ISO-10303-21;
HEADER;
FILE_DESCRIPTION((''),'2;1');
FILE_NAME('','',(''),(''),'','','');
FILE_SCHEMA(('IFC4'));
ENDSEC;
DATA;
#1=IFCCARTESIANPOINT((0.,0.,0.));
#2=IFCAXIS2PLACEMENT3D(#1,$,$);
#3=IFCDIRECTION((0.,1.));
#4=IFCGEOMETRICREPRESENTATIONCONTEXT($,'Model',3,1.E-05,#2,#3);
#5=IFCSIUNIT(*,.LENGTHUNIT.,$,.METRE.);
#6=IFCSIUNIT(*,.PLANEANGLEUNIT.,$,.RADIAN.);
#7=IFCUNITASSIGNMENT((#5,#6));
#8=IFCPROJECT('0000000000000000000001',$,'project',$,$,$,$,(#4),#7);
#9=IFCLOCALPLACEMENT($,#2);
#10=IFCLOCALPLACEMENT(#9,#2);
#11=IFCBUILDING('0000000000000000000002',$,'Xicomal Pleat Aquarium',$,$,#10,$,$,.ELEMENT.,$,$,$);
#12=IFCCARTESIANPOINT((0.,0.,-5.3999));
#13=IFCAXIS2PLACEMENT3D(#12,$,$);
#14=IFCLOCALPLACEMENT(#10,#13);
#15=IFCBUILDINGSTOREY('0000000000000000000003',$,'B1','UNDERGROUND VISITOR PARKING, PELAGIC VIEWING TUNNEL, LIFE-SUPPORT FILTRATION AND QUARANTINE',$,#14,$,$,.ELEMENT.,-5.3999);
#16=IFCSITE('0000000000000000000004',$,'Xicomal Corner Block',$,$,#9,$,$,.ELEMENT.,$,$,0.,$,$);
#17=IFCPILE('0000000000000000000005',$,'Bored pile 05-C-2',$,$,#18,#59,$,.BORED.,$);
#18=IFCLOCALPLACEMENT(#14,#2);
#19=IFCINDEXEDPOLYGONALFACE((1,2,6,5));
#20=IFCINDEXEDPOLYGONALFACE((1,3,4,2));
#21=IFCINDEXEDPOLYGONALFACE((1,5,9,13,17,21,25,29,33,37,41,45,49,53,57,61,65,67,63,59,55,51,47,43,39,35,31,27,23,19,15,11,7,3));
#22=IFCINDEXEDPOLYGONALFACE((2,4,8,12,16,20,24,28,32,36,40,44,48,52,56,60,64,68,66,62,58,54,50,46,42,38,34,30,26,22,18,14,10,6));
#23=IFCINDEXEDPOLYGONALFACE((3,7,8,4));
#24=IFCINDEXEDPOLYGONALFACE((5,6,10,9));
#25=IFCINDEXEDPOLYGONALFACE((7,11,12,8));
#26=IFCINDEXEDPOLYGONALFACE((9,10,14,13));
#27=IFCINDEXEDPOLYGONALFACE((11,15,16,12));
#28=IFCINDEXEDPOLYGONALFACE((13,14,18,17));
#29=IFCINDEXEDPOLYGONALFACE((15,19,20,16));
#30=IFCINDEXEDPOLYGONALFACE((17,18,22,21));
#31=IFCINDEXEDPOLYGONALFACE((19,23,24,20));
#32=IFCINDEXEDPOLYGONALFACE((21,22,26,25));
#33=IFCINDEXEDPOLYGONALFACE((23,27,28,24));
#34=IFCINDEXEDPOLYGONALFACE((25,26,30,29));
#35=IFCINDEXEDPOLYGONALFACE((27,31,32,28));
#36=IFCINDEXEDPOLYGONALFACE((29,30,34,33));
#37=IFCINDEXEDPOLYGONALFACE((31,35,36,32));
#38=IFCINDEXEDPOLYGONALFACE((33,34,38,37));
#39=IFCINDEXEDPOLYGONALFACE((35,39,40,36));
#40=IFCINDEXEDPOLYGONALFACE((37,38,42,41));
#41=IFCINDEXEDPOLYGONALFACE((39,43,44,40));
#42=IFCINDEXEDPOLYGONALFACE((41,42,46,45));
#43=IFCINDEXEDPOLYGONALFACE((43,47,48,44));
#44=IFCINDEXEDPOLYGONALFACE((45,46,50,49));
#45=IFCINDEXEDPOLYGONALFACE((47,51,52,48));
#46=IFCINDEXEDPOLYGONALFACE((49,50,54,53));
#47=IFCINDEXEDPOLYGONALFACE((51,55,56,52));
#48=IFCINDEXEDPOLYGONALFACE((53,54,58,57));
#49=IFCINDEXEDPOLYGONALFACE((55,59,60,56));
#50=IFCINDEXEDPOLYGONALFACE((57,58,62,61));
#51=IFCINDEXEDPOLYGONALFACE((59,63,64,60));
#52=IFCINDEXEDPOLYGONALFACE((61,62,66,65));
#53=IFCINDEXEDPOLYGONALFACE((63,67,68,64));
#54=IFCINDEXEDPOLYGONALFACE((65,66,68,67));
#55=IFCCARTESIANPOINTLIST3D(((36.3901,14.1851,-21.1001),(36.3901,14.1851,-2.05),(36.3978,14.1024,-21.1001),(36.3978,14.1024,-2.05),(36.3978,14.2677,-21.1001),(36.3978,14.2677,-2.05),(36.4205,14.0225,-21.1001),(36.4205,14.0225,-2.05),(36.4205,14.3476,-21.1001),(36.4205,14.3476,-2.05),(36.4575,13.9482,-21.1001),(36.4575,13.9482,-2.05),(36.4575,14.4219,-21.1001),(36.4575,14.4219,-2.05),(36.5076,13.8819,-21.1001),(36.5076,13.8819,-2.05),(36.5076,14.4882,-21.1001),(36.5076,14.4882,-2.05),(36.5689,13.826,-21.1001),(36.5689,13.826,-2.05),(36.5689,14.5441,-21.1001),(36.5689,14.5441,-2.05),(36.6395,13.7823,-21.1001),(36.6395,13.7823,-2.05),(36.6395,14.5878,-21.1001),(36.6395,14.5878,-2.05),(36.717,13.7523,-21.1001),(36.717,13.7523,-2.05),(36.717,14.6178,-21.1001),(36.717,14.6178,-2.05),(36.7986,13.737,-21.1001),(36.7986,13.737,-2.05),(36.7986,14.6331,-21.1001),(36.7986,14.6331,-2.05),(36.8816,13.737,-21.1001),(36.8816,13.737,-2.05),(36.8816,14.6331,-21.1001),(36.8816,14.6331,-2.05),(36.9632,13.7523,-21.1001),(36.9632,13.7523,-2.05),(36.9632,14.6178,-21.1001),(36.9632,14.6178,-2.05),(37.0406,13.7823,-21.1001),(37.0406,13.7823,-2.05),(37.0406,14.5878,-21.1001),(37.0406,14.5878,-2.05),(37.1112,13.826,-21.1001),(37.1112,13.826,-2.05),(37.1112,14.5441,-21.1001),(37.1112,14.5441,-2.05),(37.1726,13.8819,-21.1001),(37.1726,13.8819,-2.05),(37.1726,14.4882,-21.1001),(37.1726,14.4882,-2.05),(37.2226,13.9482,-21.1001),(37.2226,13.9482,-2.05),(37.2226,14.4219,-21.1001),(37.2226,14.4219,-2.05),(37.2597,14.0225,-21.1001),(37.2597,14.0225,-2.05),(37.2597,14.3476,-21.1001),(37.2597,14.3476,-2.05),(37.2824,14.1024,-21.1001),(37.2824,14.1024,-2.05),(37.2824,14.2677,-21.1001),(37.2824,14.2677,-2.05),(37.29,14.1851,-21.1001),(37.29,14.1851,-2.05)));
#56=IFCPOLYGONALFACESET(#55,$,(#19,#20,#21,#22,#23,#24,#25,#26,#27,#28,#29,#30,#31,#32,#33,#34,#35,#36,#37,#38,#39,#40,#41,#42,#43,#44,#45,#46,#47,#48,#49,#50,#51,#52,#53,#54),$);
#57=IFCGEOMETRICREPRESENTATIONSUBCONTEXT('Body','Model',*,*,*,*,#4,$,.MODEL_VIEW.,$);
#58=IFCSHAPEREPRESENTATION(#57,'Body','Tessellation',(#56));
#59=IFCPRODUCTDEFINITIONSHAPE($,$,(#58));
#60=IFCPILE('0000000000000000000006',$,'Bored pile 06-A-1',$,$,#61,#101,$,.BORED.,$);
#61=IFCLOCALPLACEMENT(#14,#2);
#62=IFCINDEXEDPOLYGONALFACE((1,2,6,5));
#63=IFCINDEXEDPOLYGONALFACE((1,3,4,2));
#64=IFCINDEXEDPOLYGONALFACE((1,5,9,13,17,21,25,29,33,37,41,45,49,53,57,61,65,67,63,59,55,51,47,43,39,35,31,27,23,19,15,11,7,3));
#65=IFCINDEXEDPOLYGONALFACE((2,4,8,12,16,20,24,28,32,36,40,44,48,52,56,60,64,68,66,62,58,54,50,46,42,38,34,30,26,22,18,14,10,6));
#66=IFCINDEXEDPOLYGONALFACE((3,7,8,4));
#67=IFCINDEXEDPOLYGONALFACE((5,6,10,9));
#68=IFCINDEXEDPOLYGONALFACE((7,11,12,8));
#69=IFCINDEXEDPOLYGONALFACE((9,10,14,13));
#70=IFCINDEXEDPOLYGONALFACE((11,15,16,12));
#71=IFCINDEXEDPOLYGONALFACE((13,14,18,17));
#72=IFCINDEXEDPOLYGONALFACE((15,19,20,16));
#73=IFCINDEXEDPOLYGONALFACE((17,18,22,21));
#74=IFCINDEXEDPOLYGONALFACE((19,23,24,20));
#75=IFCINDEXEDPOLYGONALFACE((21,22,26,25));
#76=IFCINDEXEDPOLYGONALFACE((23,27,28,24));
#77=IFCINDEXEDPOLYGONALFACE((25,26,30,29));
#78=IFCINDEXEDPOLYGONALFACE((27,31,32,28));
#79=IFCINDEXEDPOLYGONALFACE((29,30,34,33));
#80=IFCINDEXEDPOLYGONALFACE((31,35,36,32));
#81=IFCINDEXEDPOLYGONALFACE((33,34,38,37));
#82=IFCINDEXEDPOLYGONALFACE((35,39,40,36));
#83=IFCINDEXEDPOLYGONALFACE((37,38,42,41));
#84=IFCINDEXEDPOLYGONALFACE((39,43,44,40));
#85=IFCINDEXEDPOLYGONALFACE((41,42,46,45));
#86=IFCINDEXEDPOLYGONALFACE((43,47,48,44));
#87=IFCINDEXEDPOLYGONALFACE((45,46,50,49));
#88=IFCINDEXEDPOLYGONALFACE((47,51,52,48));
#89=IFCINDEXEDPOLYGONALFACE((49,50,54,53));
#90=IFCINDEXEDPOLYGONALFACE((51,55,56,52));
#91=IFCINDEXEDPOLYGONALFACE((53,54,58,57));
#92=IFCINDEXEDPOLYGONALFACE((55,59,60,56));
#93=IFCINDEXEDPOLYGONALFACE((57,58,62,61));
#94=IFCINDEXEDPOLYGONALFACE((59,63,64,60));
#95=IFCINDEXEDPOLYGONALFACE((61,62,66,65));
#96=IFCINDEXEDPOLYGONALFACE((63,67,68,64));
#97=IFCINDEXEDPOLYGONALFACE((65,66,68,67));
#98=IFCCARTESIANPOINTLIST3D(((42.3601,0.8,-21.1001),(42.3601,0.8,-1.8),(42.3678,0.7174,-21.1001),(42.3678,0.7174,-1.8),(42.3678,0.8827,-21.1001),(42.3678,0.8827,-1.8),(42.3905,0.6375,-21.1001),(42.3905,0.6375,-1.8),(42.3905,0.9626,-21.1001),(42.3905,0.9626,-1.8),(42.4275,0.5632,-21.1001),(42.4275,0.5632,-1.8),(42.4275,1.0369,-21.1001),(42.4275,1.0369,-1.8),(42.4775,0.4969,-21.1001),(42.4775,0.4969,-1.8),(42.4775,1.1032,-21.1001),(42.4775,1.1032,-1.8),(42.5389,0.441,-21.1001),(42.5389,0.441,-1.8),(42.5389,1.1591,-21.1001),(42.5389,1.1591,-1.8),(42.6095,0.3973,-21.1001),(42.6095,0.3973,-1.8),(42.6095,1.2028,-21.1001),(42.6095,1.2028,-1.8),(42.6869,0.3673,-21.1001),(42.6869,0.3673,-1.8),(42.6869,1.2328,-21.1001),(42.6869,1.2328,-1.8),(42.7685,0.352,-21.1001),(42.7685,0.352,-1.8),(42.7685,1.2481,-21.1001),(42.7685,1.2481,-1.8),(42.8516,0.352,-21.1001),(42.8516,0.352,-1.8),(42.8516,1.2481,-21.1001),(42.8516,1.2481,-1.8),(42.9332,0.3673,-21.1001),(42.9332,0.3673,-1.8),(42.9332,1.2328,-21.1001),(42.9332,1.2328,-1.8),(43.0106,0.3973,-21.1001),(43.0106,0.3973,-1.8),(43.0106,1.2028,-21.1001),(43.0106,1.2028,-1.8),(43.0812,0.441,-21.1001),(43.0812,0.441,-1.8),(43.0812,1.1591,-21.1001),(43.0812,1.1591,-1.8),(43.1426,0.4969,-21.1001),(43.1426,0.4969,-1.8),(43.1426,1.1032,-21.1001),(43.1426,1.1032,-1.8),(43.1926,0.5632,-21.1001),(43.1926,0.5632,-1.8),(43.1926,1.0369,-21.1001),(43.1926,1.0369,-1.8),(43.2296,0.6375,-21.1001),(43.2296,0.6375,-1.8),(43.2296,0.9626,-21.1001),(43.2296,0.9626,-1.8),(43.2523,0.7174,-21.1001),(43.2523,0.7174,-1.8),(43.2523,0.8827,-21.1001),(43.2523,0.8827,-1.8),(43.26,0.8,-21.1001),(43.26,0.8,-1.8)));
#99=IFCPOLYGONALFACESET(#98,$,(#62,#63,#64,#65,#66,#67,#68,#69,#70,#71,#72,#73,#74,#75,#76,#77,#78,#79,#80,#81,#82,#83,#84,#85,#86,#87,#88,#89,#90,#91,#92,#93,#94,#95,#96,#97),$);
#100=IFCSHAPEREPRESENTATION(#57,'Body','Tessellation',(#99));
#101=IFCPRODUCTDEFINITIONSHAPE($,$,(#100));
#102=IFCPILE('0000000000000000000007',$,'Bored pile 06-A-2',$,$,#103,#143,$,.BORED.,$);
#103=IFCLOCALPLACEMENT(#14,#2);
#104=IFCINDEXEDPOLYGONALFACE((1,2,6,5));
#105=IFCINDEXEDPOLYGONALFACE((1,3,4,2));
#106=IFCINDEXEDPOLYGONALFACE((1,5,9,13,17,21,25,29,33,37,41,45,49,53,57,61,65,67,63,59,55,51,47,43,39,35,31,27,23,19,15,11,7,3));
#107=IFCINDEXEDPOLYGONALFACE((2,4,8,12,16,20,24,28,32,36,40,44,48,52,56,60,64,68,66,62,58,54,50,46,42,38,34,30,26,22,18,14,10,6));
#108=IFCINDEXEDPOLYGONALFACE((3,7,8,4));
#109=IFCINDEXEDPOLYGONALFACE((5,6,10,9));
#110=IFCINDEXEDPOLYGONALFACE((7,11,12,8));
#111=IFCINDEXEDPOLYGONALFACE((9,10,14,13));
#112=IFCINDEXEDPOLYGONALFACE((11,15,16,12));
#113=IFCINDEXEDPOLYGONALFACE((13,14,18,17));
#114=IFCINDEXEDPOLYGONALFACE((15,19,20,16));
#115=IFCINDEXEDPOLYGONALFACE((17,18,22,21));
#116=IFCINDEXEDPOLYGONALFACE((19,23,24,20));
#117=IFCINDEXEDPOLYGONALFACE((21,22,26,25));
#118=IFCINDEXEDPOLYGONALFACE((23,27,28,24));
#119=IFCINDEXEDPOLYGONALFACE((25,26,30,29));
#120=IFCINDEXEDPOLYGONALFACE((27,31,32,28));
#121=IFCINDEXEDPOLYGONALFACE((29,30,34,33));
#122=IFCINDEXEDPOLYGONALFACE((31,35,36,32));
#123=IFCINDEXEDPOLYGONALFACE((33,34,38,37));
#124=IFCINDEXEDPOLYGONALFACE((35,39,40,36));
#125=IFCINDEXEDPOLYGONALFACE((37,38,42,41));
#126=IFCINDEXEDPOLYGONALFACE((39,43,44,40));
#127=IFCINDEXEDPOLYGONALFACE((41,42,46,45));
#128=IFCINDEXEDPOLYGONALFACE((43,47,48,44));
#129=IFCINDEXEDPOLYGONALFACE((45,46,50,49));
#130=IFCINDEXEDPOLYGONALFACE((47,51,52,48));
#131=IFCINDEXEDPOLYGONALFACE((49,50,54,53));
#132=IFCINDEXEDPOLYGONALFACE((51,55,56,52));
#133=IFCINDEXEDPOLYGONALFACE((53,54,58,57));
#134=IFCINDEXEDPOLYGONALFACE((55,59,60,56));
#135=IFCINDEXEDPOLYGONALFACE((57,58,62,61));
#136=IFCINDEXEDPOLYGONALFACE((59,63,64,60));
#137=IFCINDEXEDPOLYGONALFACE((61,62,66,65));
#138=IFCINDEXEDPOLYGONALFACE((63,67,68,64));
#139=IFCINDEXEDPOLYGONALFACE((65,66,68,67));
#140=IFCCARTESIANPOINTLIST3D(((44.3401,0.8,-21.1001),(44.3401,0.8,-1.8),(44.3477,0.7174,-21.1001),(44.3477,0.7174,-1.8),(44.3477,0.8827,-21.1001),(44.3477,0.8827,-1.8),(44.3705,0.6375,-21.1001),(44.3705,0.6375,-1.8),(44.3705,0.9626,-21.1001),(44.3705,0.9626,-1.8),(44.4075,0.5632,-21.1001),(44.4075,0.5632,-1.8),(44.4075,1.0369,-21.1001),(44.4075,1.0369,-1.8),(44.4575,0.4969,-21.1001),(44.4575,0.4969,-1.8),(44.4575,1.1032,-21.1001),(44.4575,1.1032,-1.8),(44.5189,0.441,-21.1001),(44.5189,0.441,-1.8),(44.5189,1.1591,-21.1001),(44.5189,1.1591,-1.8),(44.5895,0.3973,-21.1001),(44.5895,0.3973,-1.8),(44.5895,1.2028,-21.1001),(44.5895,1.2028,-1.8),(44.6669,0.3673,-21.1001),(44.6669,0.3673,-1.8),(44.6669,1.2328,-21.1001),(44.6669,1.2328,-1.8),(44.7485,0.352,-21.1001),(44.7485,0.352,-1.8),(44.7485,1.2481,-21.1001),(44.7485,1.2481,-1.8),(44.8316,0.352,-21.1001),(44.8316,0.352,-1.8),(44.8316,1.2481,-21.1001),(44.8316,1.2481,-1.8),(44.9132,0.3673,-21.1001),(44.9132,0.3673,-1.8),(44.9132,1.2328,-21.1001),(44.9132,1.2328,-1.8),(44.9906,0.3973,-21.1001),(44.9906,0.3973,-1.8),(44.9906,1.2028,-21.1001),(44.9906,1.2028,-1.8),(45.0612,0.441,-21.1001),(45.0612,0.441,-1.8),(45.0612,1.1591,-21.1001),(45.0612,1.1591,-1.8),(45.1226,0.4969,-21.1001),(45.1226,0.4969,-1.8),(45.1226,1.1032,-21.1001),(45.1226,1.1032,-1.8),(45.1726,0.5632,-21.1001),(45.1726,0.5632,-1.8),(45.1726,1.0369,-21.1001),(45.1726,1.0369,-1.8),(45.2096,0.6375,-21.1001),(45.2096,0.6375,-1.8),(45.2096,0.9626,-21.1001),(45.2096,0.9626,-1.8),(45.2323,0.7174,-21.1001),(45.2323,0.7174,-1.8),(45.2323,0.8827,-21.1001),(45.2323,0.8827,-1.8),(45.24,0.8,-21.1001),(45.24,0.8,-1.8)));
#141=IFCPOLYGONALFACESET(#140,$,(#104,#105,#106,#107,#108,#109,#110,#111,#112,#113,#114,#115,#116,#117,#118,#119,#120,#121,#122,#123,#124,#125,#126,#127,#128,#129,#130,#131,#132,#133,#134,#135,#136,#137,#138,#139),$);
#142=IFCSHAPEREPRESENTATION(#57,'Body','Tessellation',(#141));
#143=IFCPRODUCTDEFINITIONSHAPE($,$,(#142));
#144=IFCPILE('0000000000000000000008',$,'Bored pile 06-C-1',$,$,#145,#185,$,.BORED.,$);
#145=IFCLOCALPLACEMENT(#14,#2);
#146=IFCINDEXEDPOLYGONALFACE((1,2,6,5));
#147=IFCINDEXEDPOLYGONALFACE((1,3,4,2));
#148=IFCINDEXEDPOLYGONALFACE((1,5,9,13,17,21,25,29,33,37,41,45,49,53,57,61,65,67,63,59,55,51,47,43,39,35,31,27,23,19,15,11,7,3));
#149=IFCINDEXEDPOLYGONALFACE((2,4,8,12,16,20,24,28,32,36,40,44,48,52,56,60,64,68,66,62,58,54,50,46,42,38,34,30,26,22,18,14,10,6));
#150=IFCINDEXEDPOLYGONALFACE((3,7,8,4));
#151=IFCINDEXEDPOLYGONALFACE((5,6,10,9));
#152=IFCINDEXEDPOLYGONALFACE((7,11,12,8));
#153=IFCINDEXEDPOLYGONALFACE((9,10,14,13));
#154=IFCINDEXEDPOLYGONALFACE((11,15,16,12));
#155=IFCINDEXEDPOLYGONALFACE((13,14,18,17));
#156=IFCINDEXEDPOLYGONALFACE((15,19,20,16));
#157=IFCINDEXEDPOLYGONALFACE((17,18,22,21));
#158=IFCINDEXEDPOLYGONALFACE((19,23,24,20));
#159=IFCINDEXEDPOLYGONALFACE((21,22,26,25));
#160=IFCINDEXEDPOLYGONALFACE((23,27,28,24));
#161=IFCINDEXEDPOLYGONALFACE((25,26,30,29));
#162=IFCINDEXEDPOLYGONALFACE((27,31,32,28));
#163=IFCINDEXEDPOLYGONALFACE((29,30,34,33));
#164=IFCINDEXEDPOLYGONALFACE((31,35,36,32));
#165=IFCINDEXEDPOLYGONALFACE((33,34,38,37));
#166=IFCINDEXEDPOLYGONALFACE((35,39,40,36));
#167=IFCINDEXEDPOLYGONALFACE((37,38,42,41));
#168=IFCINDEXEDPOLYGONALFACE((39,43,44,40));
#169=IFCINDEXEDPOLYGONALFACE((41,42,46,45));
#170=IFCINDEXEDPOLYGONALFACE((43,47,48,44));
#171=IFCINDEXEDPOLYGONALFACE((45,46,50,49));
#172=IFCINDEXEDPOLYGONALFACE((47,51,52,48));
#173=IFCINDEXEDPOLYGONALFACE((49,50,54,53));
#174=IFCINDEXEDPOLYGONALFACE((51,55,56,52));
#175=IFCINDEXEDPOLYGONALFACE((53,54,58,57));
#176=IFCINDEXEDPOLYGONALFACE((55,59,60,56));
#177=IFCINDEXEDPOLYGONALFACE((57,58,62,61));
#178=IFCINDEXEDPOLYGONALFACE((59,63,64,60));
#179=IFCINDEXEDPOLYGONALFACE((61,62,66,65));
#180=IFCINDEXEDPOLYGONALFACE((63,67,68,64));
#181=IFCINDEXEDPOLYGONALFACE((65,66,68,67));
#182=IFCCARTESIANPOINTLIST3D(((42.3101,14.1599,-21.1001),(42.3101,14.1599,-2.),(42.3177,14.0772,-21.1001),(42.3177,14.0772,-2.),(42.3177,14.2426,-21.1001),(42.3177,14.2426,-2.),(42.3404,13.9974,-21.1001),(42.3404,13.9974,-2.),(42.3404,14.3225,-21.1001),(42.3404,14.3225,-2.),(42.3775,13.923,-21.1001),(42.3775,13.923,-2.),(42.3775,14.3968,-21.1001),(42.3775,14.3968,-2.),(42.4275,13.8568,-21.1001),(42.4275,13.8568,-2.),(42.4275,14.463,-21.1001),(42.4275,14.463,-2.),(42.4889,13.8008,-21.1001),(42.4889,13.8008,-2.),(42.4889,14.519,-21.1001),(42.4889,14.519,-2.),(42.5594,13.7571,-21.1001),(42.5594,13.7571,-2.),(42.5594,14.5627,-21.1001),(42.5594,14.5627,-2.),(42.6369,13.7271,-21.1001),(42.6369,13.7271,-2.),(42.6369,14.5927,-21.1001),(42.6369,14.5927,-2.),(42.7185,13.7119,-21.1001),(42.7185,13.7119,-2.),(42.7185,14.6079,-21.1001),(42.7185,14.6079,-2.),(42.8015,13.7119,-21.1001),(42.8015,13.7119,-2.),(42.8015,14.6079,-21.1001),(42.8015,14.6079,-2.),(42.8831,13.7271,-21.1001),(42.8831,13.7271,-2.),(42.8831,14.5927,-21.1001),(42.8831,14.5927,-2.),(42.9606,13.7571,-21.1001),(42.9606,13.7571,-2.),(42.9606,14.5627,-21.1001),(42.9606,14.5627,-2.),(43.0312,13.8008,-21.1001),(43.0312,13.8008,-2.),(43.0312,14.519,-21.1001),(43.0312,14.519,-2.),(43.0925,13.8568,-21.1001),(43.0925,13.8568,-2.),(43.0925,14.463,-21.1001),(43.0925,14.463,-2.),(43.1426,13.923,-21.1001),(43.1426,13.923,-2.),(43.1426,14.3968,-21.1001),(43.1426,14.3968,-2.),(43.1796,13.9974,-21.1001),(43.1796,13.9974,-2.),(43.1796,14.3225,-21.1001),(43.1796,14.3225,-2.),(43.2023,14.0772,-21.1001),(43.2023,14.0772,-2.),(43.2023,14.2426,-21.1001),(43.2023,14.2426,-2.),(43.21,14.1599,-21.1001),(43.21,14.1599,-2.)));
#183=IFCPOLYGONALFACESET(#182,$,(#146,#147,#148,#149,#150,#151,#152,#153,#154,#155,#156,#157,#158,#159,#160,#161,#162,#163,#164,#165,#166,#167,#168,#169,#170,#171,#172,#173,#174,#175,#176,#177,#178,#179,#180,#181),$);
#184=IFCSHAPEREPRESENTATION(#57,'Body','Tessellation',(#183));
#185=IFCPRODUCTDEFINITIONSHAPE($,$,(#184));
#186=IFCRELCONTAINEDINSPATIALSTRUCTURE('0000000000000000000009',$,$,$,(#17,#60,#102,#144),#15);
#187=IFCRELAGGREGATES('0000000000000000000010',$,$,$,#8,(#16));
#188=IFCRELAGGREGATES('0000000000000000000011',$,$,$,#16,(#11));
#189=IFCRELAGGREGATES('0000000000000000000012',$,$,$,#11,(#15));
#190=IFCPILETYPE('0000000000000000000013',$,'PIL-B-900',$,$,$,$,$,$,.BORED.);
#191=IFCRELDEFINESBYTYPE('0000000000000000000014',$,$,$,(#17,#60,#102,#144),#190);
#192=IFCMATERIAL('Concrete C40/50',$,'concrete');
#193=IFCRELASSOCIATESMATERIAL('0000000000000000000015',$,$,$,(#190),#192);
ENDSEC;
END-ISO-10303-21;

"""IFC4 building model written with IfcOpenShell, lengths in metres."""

from ifc_helpers import new_model, si_unit, direction, frame, origin, origin_2d, place, context, subcontext, project, spatial, circle, extrude, material, material_profile, profile_set, type_object, element, save


model = new_model("IFC4")

# Units and contexts
model_context = context("Model", 3, precision=1e-05, world=origin(), true_north=direction((0.0, 1.0)))
body_context = subcontext(model_context, "Body", "Model", "MODEL_VIEW")
ifc_project = project(units=[si_unit("LENGTHUNIT", "METRE"), si_unit("PLANEANGLEUNIT", "RADIAN")], contexts=[model_context])

# Site, building, storey
site_placement = place(None, origin())
site = spatial("IfcSite", under=ifc_project, at=site_placement, Name="Xicomal Corner Block", CompositionType="ELEMENT", RefElevation=0.0)
building_placement = place(site_placement, origin())
building = spatial("IfcBuilding", under=site, at=building_placement, Name="Xicomal Pleat Aquarium", CompositionType="ELEMENT")
storey_placement = place(building_placement, frame((0.0, 0.0, -5.3999)))
storey = spatial("IfcBuildingStorey", under=building, at=storey_placement, Name="B1", Description="UNDERGROUND VISITOR PARKING, PELAGIC VIEWING TUNNEL, LIFE-SUPPORT FILTRATION AND QUARANTINE", CompositionType="ELEMENT", Elevation=-5.3999)

# Piles
ifc_material_1 = material(Name="Concrete C40/50", Category="concrete")
ifc_material_profile_1 = material_profile(ifc_material_1, circle(Radius=0.45, at=origin_2d()), Name="BORED PILE D900")
ifc_profile_set_1 = profile_set([ifc_material_profile_1], Name="Concrete C40/50")
pile_type_1 = type_object("IfcPileType", Name="PIL-B-900", PredefinedType="BORED", material=ifc_profile_set_1)
for number, where, z_axis, x_axis, name in (
    (1, (36.8401, 14.1851, -2.05), (0.0, 0.0, -1.0), (1.0, 0.0, 0.0), "Bored pile 05-C-2"),
):
    element("IfcPile", number, at=place(storey_placement, frame(where, z_axis=z_axis, x_axis=x_axis)), inside=storey, type_object=pile_type_1, Name=name, PredefinedType="BORED", context=body_context, shape_type="SweptSolid", body=[
        extrude(circle(Radius=0.45, at=origin_2d()), origin(), (0.0, 0.0, 1.0), 19.05),
    ])
for number, where, z_axis, x_axis, name in (
    (2, (42.8101, 0.8, -1.8), (0.0, 0.0, -1.0), (1.0, 0.0, 0.0), "Bored pile 06-A-1"),
    (3, (44.79, 0.8, -1.8), (0.0, 0.0, -1.0), (1.0, 0.0, 0.0), "Bored pile 06-A-2"),
):
    element("IfcPile", number, at=place(storey_placement, frame(where, z_axis=z_axis, x_axis=x_axis)), inside=storey, type_object=pile_type_1, Name=name, PredefinedType="BORED", context=body_context, shape_type="SweptSolid", body=[
        extrude(circle(Radius=0.45, at=origin_2d()), origin(), (0.0, 0.0, 1.0), 19.3),
    ])
for number, where, z_axis, x_axis, name in (
    (4, (42.76, 14.1599, -2.0), (0.0, 0.0, -1.0), (1.0, 0.0, 0.0), "Bored pile 06-C-1"),
):
    element("IfcPile", number, at=place(storey_placement, frame(where, z_axis=z_axis, x_axis=x_axis)), inside=storey, type_object=pile_type_1, Name=name, PredefinedType="BORED", context=body_context, shape_type="SweptSolid", body=[
        extrude(circle(Radius=0.45, at=origin_2d()), origin(), (0.0, 0.0, 1.0), 19.1001),
    ])

save(model, "model.ifc")
